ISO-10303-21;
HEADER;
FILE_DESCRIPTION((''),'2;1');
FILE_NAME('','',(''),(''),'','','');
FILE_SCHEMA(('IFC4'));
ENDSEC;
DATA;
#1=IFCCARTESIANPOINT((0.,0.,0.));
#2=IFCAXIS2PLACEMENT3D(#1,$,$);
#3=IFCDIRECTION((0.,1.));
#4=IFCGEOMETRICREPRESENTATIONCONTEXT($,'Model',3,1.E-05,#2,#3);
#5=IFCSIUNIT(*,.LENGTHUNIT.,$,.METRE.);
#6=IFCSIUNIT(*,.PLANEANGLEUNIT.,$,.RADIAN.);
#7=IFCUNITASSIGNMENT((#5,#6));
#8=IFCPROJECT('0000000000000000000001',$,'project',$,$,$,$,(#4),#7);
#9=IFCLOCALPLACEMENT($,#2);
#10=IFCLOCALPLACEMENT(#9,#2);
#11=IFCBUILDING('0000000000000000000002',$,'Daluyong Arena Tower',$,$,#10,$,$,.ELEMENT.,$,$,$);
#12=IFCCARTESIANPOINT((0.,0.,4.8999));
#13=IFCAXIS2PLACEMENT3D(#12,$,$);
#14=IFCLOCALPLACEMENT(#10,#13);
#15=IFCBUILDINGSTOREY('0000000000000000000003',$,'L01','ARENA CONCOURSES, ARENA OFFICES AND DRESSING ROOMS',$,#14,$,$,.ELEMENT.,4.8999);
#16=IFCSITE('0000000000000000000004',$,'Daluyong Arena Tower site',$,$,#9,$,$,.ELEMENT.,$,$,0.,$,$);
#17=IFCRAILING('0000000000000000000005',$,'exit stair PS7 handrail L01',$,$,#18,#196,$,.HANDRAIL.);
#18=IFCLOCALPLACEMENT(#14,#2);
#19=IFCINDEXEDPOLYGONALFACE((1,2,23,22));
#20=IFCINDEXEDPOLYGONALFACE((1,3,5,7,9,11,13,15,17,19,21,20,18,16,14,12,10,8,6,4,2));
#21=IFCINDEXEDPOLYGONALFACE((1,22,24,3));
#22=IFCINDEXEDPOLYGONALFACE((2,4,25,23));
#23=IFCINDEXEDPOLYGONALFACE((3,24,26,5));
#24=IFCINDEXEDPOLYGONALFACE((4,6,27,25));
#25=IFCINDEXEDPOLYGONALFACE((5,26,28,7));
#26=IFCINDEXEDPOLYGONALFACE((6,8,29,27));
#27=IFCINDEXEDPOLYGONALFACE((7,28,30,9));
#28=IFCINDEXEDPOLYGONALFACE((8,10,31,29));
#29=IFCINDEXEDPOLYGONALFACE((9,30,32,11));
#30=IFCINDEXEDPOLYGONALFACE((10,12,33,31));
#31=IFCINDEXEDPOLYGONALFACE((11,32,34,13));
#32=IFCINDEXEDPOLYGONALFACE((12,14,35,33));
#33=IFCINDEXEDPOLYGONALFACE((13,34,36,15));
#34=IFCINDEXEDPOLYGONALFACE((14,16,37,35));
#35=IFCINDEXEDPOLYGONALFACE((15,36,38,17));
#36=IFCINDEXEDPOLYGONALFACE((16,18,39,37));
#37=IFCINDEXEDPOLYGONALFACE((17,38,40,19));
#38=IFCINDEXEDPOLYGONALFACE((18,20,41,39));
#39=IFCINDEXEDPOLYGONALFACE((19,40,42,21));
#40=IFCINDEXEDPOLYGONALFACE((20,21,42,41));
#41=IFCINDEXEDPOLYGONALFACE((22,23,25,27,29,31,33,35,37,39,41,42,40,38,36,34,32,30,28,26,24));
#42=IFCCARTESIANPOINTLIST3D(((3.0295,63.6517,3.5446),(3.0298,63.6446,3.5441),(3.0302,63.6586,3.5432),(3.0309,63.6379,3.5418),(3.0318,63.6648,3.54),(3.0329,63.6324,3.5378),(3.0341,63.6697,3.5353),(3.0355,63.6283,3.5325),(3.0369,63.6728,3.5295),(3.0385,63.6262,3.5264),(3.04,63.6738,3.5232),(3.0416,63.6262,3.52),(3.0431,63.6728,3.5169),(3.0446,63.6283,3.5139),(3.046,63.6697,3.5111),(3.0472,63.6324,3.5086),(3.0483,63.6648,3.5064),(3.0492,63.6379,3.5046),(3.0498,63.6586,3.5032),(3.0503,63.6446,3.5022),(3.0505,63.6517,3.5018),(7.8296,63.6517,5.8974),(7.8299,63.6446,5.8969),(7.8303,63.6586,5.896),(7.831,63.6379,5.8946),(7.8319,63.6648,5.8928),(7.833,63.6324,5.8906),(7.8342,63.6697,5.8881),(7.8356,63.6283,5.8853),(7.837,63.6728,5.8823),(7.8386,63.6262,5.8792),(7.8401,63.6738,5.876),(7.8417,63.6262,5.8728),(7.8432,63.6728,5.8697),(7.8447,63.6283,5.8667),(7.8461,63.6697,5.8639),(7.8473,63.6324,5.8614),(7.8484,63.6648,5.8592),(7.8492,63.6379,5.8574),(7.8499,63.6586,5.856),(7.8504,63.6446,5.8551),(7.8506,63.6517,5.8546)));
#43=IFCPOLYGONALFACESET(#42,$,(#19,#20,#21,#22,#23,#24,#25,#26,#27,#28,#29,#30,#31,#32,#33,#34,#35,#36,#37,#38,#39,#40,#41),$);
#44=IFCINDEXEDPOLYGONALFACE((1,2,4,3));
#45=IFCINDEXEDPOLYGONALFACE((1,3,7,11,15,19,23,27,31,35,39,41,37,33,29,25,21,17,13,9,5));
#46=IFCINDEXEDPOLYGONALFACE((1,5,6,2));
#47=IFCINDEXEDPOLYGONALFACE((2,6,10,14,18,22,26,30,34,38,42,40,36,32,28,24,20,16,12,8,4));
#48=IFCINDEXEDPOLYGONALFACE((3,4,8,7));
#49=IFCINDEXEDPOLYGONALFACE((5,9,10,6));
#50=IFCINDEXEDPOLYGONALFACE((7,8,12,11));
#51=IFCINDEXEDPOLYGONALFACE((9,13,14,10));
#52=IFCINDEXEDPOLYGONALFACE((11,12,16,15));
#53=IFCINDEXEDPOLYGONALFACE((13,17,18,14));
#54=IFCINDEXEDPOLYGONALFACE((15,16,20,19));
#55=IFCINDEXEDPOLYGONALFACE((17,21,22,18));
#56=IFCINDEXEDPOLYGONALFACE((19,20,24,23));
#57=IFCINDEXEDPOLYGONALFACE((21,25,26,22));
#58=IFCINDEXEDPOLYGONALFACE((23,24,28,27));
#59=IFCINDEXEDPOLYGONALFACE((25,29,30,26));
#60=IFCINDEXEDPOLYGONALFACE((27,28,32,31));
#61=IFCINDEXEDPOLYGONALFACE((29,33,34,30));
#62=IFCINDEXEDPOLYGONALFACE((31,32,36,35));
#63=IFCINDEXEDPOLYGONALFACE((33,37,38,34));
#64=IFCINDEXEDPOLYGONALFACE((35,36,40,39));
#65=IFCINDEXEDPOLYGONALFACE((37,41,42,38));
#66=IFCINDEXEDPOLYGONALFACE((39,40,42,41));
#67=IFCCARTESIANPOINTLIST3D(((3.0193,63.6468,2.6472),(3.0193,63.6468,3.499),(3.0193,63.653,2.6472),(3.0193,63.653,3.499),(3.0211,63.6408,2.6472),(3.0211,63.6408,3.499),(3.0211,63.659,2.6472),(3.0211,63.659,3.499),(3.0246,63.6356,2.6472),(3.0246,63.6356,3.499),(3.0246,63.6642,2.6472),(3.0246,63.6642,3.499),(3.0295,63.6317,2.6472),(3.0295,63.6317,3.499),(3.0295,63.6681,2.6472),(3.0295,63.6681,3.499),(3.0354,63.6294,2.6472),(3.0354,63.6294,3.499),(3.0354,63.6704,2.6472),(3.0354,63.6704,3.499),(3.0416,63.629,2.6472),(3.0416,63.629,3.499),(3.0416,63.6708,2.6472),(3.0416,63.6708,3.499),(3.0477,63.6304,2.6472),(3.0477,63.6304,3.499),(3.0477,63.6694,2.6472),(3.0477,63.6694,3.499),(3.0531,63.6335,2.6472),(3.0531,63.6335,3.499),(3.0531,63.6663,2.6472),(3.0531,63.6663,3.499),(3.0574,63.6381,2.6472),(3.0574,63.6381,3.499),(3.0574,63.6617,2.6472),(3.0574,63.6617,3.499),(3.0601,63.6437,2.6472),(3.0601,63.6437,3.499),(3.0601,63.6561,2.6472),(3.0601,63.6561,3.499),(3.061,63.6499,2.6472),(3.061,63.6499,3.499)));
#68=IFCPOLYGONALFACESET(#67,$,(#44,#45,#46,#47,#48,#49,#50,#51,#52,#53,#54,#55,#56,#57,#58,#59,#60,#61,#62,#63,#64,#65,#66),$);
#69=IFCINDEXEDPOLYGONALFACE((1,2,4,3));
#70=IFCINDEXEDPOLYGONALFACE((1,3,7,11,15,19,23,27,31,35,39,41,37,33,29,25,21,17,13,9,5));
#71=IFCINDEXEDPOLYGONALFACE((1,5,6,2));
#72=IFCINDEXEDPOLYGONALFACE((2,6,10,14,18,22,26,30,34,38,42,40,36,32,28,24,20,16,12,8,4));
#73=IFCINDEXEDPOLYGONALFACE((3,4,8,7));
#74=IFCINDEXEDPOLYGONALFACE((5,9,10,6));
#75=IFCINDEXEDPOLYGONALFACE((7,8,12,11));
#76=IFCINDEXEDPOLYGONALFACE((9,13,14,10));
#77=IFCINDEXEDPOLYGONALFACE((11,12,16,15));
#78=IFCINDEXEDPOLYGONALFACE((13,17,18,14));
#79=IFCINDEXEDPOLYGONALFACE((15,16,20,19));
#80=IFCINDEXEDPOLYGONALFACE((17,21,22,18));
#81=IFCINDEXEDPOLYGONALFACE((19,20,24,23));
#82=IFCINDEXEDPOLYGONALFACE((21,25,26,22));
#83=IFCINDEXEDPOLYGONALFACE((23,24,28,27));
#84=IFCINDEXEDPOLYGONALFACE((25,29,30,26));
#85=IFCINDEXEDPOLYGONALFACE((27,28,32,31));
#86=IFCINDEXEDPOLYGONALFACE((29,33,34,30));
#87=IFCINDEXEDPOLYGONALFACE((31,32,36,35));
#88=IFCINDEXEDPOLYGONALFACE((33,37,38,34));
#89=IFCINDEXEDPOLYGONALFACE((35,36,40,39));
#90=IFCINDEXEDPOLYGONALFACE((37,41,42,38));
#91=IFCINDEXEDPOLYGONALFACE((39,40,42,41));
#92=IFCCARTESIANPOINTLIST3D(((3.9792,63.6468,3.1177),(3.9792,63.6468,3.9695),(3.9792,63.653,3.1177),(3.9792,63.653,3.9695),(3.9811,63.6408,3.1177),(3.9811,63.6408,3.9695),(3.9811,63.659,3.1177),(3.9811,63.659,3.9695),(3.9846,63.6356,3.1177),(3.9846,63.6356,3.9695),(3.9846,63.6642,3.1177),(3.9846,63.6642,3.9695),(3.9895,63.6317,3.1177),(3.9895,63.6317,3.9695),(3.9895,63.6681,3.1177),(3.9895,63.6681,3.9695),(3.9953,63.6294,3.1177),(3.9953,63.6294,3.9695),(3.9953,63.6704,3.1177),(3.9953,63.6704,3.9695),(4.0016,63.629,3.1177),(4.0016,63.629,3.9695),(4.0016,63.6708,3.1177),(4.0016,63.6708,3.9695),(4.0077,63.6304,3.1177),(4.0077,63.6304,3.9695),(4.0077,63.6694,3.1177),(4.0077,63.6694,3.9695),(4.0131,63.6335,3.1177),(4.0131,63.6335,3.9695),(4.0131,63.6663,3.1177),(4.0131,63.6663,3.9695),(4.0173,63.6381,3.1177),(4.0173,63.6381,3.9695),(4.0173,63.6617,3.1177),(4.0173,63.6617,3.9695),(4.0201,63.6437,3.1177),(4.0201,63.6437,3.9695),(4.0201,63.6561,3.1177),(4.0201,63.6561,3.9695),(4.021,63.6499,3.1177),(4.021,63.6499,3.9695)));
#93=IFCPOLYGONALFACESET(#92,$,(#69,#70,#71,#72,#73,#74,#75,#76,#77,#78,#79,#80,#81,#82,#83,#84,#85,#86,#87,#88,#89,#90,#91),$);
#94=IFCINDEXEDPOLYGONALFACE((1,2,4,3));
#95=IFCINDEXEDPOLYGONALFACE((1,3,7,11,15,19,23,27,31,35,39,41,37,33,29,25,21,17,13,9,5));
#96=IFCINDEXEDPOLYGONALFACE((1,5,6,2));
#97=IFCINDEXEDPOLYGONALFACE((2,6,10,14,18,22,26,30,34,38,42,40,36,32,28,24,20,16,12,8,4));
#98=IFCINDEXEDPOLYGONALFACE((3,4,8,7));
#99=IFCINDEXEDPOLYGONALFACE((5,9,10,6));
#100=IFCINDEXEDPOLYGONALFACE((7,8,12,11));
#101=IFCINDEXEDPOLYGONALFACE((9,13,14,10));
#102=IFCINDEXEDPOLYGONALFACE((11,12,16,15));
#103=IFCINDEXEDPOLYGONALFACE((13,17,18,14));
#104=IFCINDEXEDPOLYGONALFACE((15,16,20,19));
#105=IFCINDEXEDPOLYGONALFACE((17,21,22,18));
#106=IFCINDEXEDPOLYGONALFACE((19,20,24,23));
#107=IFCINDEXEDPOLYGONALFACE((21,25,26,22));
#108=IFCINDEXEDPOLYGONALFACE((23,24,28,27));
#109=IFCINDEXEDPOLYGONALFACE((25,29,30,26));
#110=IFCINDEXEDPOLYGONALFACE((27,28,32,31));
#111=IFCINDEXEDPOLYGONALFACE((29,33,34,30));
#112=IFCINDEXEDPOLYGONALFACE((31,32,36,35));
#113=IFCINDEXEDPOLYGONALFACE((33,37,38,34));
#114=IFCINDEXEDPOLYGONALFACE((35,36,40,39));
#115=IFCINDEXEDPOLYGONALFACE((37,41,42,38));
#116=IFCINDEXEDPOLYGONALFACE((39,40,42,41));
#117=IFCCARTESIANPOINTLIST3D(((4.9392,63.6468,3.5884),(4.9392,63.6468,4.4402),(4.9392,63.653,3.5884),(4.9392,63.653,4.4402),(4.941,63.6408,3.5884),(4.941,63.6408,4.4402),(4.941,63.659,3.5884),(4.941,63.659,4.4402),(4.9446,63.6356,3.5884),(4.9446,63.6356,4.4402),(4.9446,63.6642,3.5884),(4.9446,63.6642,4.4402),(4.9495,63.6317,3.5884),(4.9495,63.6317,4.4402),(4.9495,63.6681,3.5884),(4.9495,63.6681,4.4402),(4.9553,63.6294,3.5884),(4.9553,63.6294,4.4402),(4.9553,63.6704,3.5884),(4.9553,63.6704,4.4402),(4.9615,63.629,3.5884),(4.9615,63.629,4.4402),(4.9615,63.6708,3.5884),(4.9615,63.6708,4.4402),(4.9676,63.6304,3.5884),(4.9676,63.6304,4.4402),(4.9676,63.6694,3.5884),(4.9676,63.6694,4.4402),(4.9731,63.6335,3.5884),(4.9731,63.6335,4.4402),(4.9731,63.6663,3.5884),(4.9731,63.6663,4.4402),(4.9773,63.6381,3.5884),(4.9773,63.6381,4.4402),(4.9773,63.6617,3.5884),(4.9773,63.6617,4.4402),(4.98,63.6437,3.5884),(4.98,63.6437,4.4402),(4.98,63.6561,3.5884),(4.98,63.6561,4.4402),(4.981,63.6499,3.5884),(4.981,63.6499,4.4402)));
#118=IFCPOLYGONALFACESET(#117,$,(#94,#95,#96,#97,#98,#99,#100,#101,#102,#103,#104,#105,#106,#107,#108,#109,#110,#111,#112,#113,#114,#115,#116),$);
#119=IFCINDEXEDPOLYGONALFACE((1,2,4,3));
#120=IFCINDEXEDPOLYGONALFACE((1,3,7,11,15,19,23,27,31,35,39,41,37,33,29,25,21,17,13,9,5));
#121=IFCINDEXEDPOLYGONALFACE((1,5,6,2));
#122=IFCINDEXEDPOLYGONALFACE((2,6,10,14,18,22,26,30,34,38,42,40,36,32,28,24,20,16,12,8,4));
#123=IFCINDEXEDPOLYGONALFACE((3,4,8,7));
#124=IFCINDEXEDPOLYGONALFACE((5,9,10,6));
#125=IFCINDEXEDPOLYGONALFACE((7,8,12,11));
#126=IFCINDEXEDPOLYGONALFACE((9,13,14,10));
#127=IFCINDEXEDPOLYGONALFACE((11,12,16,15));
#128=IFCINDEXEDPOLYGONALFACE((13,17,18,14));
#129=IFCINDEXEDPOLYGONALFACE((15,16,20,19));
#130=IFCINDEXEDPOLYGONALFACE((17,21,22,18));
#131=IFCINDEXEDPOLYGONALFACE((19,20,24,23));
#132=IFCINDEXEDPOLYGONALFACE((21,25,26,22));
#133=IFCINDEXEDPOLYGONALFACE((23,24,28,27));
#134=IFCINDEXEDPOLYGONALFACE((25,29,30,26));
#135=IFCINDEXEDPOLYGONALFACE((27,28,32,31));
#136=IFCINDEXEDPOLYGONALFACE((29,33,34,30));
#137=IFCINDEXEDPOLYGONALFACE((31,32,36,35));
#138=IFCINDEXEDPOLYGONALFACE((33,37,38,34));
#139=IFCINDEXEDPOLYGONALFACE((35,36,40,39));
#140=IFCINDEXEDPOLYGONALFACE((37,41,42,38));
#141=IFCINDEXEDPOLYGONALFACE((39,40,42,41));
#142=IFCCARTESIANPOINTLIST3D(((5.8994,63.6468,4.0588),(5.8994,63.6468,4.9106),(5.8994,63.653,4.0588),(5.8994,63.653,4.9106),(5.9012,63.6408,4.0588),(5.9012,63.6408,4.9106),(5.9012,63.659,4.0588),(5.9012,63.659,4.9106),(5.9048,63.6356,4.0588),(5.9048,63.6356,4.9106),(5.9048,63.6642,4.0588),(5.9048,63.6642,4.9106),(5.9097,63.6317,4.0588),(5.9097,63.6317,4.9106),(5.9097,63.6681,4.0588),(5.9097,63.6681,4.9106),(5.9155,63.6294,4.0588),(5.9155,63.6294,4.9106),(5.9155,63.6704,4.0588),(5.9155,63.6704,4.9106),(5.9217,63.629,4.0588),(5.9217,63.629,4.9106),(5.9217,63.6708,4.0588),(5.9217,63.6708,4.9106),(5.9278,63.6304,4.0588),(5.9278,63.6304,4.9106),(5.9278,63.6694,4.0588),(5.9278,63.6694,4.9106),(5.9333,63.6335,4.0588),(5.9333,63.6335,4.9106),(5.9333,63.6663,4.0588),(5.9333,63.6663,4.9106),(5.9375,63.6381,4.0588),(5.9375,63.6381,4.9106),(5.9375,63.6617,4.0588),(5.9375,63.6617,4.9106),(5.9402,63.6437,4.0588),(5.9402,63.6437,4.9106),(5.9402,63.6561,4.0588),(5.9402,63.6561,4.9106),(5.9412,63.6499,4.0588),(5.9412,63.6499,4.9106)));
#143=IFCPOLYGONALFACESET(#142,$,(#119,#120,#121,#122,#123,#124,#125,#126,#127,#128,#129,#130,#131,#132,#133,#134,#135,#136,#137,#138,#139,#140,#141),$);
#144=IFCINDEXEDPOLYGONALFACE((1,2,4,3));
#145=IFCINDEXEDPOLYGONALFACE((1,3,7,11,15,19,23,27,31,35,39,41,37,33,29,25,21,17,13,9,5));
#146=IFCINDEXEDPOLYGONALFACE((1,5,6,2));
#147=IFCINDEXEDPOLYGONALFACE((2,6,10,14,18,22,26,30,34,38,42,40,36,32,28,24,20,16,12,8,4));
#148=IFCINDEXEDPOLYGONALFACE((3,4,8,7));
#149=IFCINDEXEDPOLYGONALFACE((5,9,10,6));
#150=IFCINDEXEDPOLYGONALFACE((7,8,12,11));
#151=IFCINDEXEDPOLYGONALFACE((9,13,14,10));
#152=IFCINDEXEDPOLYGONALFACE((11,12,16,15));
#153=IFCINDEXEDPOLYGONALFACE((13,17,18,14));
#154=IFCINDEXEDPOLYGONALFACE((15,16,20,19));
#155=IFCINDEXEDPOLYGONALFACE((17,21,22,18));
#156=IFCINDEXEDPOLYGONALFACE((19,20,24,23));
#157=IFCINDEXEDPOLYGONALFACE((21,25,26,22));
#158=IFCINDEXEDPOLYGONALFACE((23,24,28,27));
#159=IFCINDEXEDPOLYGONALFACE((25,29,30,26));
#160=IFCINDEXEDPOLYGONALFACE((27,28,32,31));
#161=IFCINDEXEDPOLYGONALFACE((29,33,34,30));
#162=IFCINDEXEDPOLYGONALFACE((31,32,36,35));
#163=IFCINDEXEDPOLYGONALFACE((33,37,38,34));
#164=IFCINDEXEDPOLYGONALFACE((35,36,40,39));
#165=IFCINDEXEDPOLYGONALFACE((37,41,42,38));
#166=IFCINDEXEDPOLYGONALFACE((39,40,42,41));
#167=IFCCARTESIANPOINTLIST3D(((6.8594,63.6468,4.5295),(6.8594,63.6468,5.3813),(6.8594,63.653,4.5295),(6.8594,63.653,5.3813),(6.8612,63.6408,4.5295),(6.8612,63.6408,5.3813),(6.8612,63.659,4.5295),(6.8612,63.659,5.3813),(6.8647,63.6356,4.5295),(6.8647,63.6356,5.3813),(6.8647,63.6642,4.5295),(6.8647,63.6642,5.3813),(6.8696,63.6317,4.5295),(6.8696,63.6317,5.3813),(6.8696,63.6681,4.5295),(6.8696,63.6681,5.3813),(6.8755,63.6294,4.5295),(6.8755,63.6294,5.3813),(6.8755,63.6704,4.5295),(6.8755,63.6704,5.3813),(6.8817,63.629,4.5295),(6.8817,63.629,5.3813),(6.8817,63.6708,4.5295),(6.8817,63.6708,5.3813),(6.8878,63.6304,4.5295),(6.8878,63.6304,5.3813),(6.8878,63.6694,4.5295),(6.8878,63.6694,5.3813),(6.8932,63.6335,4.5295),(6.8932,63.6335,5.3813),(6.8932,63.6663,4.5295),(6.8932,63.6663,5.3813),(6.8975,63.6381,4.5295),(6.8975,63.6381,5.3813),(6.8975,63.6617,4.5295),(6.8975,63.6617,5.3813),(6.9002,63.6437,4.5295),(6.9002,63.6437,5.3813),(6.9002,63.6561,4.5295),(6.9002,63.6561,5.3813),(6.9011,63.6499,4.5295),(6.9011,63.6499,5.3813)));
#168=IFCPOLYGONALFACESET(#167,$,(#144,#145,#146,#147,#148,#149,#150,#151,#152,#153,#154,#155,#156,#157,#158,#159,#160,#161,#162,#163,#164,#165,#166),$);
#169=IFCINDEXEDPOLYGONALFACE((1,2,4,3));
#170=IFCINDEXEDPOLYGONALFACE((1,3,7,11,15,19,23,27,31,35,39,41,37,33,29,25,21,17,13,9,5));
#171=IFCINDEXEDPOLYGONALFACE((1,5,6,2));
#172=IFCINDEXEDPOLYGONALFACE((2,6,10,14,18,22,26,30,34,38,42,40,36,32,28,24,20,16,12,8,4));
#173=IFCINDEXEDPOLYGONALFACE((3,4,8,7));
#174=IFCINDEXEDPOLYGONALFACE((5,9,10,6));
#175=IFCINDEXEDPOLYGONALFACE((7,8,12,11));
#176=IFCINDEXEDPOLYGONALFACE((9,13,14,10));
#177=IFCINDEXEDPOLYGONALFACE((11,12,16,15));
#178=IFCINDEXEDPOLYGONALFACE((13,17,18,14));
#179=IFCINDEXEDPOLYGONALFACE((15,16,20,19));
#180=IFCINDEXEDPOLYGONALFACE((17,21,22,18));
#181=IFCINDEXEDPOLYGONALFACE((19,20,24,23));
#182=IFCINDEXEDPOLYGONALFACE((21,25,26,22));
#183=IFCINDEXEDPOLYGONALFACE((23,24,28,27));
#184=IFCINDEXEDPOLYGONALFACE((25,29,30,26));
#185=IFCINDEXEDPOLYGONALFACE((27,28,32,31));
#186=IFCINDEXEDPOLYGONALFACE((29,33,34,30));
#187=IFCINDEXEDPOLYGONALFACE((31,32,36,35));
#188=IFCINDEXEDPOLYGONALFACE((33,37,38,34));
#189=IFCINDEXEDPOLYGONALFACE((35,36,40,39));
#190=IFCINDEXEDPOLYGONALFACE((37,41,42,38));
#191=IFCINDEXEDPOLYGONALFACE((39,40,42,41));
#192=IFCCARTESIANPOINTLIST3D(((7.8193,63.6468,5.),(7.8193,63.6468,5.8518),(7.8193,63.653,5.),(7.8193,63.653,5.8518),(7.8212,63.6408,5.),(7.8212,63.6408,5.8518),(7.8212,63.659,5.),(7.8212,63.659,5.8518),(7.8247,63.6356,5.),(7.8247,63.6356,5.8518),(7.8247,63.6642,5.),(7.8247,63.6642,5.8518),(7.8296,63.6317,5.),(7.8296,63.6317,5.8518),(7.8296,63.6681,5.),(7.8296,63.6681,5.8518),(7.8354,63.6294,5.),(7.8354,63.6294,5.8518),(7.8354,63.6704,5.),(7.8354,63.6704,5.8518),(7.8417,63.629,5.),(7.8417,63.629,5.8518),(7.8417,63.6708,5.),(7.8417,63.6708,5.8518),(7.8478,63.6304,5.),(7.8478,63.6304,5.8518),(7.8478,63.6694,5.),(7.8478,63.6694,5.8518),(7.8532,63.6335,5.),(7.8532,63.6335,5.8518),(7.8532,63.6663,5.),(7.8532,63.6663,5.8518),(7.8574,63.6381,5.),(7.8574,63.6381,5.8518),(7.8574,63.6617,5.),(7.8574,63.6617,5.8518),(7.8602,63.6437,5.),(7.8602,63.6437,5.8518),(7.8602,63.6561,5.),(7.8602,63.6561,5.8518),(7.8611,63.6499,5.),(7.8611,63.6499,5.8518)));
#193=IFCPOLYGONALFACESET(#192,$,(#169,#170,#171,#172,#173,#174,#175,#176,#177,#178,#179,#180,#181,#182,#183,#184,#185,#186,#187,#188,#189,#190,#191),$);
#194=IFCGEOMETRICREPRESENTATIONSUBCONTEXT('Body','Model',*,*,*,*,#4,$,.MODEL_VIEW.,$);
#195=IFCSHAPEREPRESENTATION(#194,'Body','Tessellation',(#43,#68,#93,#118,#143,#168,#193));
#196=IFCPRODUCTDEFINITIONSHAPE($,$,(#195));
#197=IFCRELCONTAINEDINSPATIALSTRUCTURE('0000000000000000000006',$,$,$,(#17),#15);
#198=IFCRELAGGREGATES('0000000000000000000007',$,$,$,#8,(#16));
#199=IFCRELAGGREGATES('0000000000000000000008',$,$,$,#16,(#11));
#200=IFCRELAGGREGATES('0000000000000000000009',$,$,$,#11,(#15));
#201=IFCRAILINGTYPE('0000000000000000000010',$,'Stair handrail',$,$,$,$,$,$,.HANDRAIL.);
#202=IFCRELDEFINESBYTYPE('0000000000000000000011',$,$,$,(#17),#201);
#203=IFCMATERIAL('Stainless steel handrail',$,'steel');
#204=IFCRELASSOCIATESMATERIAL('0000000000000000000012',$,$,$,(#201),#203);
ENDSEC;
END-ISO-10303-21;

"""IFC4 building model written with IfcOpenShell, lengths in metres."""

from ifc_helpers import new_model, si_unit, direction, frame, origin, origin_2d, place, context, subcontext, project, spatial, circle, extrude, material, type_object, element, save


model = new_model("IFC4")

# Units and contexts
model_context = context("Model", 3, precision=1e-05, world=origin(), true_north=direction((0.0, 1.0)))
body_context = subcontext(model_context, "Body", "Model", "MODEL_VIEW")
ifc_project = project(units=[si_unit("LENGTHUNIT", "METRE"), si_unit("PLANEANGLEUNIT", "RADIAN")], contexts=[model_context])

# Site, building, storey
site_placement = place(None, origin())
site = spatial("IfcSite", under=ifc_project, at=site_placement, Name="Daluyong Arena Tower site", CompositionType="ELEMENT", RefElevation=0.0)
building_placement = place(site_placement, origin())
building = spatial("IfcBuilding", under=site, at=building_placement, Name="Daluyong Arena Tower", CompositionType="ELEMENT")
storey_placement = place(building_placement, frame((0.0, 0.0, 4.8999)))
storey = spatial("IfcBuildingStorey", under=building, at=storey_placement, Name="L01", Description="ARENA CONCOURSES, ARENA OFFICES AND DRESSING ROOMS", CompositionType="ELEMENT", Elevation=4.8999)

# Railing
ifc_material_1 = material(Name="Stainless steel handrail", Category="steel")
railing_type_1 = type_object("IfcRailingType", Name="Stair handrail", PredefinedType="HANDRAIL", material=ifc_material_1)
railing_1_placement = place(storey_placement, frame((3.04, 63.6499, 2.6472)))
element("IfcRailing", 1, at=railing_1_placement, inside=storey, type_object=railing_type_1, Name="exit stair PS7 handrail L01", PredefinedType="HANDRAIL", context=body_context, shape_type="SweptSolid", body=[
    extrude(circle(Radius=0.0239, at=origin_2d()), frame((0.0, 0.0, 0.876), z_axis=(0.897934, 0.0, 0.44013), x_axis=(0.0, 1.0, 0.0)), (0.0, 0.0, 1.0), 5.3457),
    extrude(circle(Radius=0.021, at=origin_2d()), origin(), (0.0, 0.0, 1.0), 0.8518),
    extrude(circle(Radius=0.021, at=origin_2d()), frame((0.96, 0.0, 0.4705)), (0.0, 0.0, 1.0), 0.8518),
    extrude(circle(Radius=0.021, at=origin_2d()), frame((1.9199, 0.0, 0.9412)), (0.0, 0.0, 1.0), 0.8518),
    extrude(circle(Radius=0.021, at=origin_2d()), frame((2.8801, 0.0, 1.4116)), (0.0, 0.0, 1.0), 0.8518),
    extrude(circle(Radius=0.021, at=origin_2d()), frame((3.8401, 0.0, 1.8823)), (0.0, 0.0, 1.0), 0.8518),
    extrude(circle(Radius=0.021, at=origin_2d()), frame((4.8, 0.0, 2.3528)), (0.0, 0.0, 1.0), 0.8518),
])

save(model, "model.ifc")
